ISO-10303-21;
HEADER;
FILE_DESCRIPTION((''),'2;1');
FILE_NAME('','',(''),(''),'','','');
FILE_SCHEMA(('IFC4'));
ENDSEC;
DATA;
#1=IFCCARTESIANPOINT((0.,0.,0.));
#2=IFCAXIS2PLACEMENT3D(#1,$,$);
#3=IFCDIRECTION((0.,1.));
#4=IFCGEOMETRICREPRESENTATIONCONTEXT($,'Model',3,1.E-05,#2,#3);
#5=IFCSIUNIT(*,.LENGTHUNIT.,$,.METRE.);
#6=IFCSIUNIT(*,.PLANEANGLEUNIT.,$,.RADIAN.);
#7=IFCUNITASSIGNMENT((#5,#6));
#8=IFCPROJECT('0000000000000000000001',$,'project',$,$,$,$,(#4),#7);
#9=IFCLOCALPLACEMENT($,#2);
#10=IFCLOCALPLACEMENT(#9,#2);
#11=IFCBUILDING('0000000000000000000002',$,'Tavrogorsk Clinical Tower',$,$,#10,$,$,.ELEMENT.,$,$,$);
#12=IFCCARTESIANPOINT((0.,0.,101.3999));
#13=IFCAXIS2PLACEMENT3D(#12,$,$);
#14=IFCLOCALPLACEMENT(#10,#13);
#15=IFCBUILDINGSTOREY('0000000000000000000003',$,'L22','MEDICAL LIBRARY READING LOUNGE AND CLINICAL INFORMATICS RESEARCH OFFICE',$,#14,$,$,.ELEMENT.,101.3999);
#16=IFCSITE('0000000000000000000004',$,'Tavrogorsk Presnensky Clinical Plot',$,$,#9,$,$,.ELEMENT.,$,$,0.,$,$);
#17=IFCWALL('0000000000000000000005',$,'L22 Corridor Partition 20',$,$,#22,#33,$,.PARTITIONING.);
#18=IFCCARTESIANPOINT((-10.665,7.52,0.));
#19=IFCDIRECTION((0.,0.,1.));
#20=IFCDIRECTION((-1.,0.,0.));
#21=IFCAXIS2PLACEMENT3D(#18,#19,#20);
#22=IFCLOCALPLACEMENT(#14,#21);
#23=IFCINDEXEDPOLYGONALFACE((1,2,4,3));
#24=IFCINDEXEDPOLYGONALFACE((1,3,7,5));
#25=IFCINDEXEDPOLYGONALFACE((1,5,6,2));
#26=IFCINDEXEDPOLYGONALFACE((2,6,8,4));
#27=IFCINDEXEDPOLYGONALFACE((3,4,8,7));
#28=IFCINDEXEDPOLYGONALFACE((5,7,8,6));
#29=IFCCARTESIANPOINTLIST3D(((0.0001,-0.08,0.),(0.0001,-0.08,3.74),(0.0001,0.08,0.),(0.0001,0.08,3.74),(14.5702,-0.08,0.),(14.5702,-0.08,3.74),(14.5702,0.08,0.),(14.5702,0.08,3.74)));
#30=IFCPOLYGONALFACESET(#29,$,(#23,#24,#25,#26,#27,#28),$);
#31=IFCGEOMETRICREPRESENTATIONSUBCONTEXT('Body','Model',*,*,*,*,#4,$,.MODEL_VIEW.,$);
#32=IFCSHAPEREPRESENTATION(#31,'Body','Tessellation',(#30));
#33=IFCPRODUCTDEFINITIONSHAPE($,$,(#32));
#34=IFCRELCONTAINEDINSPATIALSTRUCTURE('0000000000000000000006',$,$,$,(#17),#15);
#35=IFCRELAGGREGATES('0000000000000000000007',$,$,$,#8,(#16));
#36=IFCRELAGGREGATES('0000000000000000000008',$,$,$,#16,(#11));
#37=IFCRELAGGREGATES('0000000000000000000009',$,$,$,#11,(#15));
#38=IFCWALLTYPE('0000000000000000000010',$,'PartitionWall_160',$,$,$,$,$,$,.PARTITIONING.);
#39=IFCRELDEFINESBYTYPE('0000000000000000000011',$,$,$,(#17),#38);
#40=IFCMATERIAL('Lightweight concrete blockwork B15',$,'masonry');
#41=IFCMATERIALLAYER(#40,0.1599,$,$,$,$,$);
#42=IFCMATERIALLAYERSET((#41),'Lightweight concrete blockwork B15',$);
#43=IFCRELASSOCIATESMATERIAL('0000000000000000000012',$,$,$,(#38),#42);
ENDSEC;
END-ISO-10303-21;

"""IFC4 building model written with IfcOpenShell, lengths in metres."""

from ifc_helpers import new_model, si_unit, direction, frame, frame_2d, origin, place, context, subcontext, project, spatial, rectangle, extrude, material, layer, layer_set, type_object, element, save


model = new_model("IFC4")

# Units and contexts
model_context = context("Model", 3, precision=1e-05, world=origin(), true_north=direction((0.0, 1.0)))
body_context = subcontext(model_context, "Body", "Model", "MODEL_VIEW")
ifc_project = project(units=[si_unit("LENGTHUNIT", "METRE"), si_unit("PLANEANGLEUNIT", "RADIAN")], contexts=[model_context])

# Site, building, storey
site_placement = place(None, origin())
site = spatial("IfcSite", under=ifc_project, at=site_placement, Name="Tavrogorsk Presnensky Clinical Plot", CompositionType="ELEMENT", RefElevation=0.0)
building_placement = place(site_placement, origin())
building = spatial("IfcBuilding", under=site, at=building_placement, Name="Tavrogorsk Clinical Tower", CompositionType="ELEMENT")
storey_placement = place(building_placement, frame((0.0, 0.0, 101.3999)))
storey = spatial("IfcBuildingStorey", under=building, at=storey_placement, Name="L22", Description="MEDICAL LIBRARY READING LOUNGE AND CLINICAL INFORMATICS RESEARCH OFFICE", CompositionType="ELEMENT", Elevation=101.3999)

# Shared definitions
ifc_material_1 = material(Name="Lightweight concrete blockwork B15", Category="masonry")
ifc_layer_1 = layer(ifc_material_1, 0.1599)
ifc_layer_set_1 = layer_set([ifc_layer_1], Name="Lightweight concrete blockwork B15")
wall_type_1 = type_object("IfcWallType", Name="PartitionWall_160", PredefinedType="PARTITIONING", material=ifc_layer_set_1)

# Wall
wall_1_placement = place(storey_placement, frame((-10.665, 7.52, 0.0), z_axis=(0.0, 0.0, 1.0), x_axis=(-1.0, 0.0, 0.0)))
element("IfcWall", 1, at=wall_1_placement, inside=storey, type_object=wall_type_1, Name="L22 Corridor Partition 20", PredefinedType="PARTITIONING", context=body_context, shape_type="SweptSolid", body=[
    extrude(rectangle(XDim=14.5701, YDim=0.1599, at=frame_2d((7.2852, 0.0))), origin(), (0.0, 0.0, 1.0), 3.74),
])

save(model, "model.ifc")
